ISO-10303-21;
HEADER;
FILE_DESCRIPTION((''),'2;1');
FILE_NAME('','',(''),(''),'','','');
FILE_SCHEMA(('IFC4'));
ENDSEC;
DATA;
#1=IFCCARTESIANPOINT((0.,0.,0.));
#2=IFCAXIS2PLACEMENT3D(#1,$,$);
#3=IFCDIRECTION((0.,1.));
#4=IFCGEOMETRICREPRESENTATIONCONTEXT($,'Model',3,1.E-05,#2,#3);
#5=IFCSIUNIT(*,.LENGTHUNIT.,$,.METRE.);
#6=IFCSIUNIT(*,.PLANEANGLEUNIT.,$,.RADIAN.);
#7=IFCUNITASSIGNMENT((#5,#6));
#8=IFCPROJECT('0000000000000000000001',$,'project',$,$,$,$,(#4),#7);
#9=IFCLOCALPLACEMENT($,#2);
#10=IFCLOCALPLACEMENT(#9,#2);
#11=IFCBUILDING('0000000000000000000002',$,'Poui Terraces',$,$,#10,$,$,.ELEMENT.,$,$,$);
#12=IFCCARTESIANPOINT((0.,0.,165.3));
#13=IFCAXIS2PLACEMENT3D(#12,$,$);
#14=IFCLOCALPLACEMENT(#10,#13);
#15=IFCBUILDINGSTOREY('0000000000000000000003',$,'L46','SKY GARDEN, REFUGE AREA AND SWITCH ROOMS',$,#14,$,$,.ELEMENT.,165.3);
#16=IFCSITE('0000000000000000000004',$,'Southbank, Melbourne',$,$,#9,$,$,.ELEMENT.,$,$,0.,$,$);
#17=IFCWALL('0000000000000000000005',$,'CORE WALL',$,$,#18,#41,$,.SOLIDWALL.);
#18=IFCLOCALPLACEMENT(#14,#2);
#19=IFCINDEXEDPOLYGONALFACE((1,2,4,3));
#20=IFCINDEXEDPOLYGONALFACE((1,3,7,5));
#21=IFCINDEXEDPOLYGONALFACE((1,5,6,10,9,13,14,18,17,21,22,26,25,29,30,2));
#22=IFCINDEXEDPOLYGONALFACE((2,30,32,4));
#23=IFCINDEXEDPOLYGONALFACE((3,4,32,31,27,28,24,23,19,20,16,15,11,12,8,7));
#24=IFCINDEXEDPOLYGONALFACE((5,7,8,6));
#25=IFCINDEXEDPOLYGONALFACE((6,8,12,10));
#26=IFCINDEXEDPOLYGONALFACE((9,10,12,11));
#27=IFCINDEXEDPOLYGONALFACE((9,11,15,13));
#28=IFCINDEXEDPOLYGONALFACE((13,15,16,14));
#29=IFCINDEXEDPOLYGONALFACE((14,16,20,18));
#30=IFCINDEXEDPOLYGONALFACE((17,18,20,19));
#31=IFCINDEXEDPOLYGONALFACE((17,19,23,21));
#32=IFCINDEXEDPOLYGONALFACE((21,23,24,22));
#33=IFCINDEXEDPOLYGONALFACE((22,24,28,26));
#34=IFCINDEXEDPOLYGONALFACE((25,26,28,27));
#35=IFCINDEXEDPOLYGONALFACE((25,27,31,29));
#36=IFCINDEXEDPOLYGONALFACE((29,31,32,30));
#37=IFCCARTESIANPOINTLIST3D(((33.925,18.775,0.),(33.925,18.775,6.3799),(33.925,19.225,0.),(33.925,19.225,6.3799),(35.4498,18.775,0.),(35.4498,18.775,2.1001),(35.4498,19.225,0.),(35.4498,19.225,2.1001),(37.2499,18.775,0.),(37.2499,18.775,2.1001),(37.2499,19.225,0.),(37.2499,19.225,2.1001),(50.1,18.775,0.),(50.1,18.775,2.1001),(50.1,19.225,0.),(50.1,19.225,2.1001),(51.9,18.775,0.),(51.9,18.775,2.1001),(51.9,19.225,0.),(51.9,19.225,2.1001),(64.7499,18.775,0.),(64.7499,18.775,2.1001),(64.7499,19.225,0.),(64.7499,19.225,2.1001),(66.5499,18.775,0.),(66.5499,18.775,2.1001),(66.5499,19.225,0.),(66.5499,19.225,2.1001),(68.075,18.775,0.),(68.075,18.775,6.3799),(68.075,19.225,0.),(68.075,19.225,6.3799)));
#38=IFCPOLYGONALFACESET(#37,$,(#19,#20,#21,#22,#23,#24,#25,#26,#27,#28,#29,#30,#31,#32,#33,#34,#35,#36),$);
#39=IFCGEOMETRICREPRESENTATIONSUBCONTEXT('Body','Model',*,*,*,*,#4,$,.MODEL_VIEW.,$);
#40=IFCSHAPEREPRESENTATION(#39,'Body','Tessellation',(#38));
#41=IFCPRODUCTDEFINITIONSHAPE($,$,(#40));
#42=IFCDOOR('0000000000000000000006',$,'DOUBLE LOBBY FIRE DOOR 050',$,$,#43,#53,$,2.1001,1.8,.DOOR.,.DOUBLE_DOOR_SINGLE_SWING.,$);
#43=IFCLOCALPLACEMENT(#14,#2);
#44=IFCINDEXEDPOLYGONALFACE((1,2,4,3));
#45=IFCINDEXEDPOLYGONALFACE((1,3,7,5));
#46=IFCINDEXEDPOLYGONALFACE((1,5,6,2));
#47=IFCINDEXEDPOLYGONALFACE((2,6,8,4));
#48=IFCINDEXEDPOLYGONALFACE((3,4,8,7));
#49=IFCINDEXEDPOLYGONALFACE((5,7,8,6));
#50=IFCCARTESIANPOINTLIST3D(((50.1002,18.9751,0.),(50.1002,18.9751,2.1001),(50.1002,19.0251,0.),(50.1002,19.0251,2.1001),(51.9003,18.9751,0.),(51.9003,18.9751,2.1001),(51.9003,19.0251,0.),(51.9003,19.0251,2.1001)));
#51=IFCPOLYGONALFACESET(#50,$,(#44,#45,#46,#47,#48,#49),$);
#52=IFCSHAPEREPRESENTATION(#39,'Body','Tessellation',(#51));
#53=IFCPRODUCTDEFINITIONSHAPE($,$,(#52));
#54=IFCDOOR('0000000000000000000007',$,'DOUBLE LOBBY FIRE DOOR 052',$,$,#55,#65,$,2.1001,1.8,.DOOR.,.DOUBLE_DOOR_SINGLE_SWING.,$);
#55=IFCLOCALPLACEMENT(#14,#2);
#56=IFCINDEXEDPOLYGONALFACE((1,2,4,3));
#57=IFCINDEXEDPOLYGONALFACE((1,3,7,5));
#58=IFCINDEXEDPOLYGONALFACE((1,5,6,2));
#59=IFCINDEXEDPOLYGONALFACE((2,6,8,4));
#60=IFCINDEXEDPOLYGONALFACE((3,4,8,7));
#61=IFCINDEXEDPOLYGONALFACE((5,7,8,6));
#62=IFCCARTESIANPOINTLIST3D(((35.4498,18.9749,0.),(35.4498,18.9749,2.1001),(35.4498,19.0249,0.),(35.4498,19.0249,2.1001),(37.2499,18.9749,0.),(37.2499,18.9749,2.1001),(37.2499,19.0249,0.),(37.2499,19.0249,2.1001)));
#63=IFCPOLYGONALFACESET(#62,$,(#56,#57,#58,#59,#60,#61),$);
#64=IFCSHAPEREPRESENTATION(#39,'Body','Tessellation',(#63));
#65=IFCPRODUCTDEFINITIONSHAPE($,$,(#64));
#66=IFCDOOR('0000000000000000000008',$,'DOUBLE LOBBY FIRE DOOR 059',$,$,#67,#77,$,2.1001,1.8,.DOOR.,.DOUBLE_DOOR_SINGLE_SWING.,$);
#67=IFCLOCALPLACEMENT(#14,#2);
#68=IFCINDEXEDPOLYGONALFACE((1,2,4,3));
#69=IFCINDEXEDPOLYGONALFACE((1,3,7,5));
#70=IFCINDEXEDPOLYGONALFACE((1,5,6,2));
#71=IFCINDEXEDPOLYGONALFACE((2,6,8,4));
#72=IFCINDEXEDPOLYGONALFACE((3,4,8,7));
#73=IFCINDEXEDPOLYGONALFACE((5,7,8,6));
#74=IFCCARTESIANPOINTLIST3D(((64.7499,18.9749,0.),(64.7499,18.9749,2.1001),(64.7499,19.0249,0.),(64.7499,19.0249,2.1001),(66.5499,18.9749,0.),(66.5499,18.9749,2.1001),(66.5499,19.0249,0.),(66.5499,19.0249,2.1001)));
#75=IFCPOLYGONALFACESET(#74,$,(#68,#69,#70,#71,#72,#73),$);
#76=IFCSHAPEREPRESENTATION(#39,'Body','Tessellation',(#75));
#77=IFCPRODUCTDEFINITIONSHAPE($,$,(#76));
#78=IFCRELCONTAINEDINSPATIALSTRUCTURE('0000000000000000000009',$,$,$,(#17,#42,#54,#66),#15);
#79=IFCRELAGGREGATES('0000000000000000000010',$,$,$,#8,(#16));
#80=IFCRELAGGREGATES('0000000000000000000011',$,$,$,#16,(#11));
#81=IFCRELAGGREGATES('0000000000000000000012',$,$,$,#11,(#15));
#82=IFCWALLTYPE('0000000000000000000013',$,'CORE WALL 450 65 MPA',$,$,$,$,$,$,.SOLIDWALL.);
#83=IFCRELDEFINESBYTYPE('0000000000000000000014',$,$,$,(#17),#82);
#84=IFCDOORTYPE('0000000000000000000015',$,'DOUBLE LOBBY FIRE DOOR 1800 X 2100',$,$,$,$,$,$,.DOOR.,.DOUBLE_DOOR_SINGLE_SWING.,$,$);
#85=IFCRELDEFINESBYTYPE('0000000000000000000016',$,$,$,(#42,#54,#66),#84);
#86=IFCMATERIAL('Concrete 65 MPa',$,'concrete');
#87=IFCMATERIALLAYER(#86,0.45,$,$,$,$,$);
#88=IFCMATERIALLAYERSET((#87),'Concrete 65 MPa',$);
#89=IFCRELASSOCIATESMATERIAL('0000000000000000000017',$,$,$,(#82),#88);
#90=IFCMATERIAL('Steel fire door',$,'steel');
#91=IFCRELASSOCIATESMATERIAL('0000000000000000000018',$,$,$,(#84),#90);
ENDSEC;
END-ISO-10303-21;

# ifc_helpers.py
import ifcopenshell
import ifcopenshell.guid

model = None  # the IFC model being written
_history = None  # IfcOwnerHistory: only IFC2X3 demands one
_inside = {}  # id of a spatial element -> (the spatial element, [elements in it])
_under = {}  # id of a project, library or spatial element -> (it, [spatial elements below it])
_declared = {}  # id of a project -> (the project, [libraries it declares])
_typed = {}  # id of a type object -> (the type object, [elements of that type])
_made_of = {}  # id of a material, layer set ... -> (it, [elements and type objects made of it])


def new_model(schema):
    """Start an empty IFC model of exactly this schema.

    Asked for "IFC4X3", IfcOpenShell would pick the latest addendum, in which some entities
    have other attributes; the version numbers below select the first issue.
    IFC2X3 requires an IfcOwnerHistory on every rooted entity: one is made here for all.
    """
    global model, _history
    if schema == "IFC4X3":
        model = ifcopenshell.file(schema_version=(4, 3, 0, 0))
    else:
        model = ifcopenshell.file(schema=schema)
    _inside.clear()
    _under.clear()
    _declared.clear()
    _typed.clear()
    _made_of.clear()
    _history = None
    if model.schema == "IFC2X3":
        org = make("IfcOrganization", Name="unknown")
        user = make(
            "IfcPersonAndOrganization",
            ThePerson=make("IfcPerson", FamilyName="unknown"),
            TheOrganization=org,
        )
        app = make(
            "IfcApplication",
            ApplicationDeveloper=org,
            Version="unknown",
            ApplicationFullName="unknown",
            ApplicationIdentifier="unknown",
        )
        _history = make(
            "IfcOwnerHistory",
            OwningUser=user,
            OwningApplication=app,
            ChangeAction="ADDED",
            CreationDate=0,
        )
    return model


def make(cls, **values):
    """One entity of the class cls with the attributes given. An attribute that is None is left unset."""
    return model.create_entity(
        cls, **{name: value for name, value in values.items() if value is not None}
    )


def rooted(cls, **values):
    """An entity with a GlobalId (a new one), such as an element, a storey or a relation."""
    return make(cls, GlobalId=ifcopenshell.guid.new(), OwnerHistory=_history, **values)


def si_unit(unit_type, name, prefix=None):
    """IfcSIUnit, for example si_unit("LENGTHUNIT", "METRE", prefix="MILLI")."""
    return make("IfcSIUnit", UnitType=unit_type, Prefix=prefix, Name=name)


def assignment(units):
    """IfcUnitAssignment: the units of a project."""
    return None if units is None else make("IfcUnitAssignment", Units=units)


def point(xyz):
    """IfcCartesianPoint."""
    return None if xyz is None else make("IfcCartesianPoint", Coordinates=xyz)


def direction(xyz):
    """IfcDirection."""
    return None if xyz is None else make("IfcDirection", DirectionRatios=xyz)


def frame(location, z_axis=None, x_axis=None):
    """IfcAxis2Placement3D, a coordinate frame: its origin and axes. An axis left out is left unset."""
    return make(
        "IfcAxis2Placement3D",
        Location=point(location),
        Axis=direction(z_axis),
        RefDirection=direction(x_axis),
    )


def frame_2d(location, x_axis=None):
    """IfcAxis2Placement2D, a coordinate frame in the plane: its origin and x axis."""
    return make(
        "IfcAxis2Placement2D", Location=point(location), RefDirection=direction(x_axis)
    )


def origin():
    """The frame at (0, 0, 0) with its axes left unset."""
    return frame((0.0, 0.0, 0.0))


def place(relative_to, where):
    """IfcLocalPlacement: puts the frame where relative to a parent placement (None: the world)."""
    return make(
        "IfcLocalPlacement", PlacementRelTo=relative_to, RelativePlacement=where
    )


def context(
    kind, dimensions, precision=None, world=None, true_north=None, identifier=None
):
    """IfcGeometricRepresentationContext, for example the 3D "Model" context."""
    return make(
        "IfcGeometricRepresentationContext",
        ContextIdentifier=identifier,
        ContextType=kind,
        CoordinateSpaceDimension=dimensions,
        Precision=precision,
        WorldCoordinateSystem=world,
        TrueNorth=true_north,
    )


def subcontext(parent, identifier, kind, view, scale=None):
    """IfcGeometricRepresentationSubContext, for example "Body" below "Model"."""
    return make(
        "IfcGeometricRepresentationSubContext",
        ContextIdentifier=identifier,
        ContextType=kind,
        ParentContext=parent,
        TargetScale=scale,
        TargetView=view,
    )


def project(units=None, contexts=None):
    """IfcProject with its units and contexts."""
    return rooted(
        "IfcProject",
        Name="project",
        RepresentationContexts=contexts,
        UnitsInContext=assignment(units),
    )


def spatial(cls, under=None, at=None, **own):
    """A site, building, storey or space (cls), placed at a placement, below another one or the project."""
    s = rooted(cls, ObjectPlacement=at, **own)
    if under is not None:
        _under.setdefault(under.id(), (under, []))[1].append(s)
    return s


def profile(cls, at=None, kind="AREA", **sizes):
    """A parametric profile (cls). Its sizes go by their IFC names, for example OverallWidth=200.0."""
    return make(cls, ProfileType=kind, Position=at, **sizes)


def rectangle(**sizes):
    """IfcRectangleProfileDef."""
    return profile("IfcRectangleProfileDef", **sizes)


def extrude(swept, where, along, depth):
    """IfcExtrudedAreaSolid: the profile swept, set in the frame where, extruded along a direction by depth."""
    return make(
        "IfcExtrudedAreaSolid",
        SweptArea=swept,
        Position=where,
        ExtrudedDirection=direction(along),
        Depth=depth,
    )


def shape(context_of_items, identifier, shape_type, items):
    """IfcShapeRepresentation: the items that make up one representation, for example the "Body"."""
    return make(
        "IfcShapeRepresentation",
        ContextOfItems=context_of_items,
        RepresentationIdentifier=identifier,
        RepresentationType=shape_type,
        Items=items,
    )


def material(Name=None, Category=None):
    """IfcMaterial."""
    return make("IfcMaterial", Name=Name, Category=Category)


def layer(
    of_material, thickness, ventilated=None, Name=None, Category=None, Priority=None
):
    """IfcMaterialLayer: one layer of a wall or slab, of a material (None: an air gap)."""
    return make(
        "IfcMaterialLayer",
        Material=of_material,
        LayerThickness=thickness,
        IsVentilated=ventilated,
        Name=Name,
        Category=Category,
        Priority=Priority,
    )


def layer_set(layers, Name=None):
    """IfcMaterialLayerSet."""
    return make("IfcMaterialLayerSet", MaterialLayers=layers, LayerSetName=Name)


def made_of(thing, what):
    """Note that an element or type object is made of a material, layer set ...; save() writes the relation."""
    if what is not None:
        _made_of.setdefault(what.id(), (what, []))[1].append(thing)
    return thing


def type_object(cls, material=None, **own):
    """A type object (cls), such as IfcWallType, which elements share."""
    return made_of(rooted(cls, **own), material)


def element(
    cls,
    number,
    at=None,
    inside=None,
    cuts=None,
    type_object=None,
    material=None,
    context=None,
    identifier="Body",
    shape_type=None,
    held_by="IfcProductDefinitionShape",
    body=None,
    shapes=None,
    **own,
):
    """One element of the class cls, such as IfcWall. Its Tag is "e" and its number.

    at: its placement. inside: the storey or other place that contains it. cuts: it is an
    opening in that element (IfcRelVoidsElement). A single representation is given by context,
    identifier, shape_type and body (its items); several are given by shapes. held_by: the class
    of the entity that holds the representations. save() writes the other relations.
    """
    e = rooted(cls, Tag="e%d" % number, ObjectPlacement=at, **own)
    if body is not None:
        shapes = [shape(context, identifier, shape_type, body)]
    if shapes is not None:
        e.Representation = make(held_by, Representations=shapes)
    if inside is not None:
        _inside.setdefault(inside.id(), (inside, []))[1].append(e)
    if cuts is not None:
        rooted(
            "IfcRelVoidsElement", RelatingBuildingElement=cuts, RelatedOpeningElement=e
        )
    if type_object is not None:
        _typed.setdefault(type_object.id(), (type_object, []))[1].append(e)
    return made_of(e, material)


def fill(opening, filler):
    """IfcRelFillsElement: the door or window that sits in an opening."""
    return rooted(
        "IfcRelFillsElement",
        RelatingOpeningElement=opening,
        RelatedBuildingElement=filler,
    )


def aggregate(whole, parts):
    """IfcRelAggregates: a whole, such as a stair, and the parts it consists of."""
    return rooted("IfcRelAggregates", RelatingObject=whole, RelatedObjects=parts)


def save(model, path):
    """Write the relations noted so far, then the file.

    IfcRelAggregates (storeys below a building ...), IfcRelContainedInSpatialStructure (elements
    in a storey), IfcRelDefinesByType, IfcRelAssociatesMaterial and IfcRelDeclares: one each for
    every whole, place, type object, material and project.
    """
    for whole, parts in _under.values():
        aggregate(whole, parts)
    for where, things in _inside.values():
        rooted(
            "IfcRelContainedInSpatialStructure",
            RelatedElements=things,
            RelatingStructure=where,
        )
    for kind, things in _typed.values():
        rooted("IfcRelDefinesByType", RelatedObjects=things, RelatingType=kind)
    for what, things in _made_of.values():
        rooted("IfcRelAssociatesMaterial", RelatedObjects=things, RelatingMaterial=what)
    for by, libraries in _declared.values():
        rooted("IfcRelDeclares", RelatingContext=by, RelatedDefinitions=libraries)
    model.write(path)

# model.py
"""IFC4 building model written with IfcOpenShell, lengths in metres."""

from ifc_helpers import new_model, si_unit, direction, frame, frame_2d, origin, place, context, subcontext, project, spatial, rectangle, extrude, material, layer, layer_set, type_object, element, fill, save


model = new_model("IFC4")

# Units and contexts
model_context = context("Model", 3, precision=1e-05, world=origin(), true_north=direction((0.0, 1.0)))
body_context = subcontext(model_context, "Body", "Model", "MODEL_VIEW")
ifc_project = project(units=[si_unit("LENGTHUNIT", "METRE"), si_unit("PLANEANGLEUNIT", "RADIAN")], contexts=[model_context])

# Site, building, storey
site_placement = place(None, origin())
site = spatial("IfcSite", under=ifc_project, at=site_placement, Name="Southbank, Melbourne", CompositionType="ELEMENT", RefElevation=0.0)
building_placement = place(site_placement, origin())
building = spatial("IfcBuilding", under=site, at=building_placement, Name="Poui Terraces", CompositionType="ELEMENT")
storey_placement = place(building_placement, frame((0.0, 0.0, 165.3)))
storey = spatial("IfcBuildingStorey", under=building, at=storey_placement, Name="L46", Description="SKY GARDEN, REFUGE AREA AND SWITCH ROOMS", CompositionType="ELEMENT", Elevation=165.3)

# Wall, openings, doors
ifc_material_1 = material(Name="Concrete 65 MPa", Category="concrete")
ifc_layer_1 = layer(ifc_material_1, 0.45)
ifc_layer_set_1 = layer_set([ifc_layer_1], Name="Concrete 65 MPa")
wall_type_1 = type_object("IfcWallType", Name="CORE WALL 450 65 MPA", PredefinedType="SOLIDWALL", material=ifc_layer_set_1)
wall_1_placement = place(storey_placement, frame((33.925, 19.0, 0.0), z_axis=(0.0, 0.0, 1.0), x_axis=(1.0, 0.0, 0.0)))
wall_1 = element("IfcWall", 1, at=wall_1_placement, inside=storey, type_object=wall_type_1, Name="CORE WALL", PredefinedType="SOLIDWALL", context=body_context, shape_type="SweptSolid", body=[
    extrude(rectangle(XDim=34.1499, YDim=0.45, at=frame_2d((17.075, 0.0))), origin(), (0.0, 0.0, 1.0), 6.3799),
])
opening_1_placement = place(wall_1_placement, frame((16.175, 0.0, 0.0)))
opening_1 = element("IfcOpeningElement", 2, at=opening_1_placement, cuts=wall_1, PredefinedType="OPENING", context=body_context, shape_type="SweptSolid", body=[
    extrude(rectangle(XDim=1.8, YDim=2.1001, at=frame_2d((0.8999, 1.05))), frame((0.0, 0.2349, 0.0), z_axis=(0.0, -1.0, 0.0), x_axis=(1.0, 0.0, 0.0)), (0.0, 0.0, 1.0), 0.47),
])
opening_2_placement = place(wall_1_placement, frame((1.5249, 0.0, 0.0)))
opening_2 = element("IfcOpeningElement", 3, at=opening_2_placement, cuts=wall_1, PredefinedType="OPENING", context=body_context, shape_type="SweptSolid", body=[
    extrude(rectangle(XDim=1.8, YDim=2.1001, at=frame_2d((0.8999, 1.05))), frame((0.0, 0.2349, 0.0), z_axis=(0.0, -1.0, 0.0), x_axis=(1.0, 0.0, 0.0)), (0.0, 0.0, 1.0), 0.47),
])
opening_3_placement = place(wall_1_placement, frame((30.825, 0.0, 0.0)))
opening_3 = element("IfcOpeningElement", 4, at=opening_3_placement, cuts=wall_1, PredefinedType="OPENING", context=body_context, shape_type="SweptSolid", body=[
    extrude(rectangle(XDim=1.8, YDim=2.1001, at=frame_2d((0.8999, 1.05))), frame((0.0, 0.2349, 0.0), z_axis=(0.0, -1.0, 0.0), x_axis=(1.0, 0.0, 0.0)), (0.0, 0.0, 1.0), 0.47),
])
ifc_material_2 = material(Name="Steel fire door", Category="steel")
door_type_1 = type_object("IfcDoorType", Name="DOUBLE LOBBY FIRE DOOR 1800 X 2100", OperationType="DOUBLE_DOOR_SINGLE_SWING", PredefinedType="DOOR", material=ifc_material_2)
door_1_placement = place(opening_1_placement, frame((1.8, 0.0, 0.0), z_axis=(0.0, 0.0, 1.0), x_axis=(-1.0, 0.0, 0.0)))
door_1 = element("IfcDoor", 5, at=door_1_placement, inside=storey, type_object=door_type_1, Name="DOUBLE LOBBY FIRE DOOR 050", OperationType="DOUBLE_DOOR_SINGLE_SWING", OverallHeight=2.1001, OverallWidth=1.8, PredefinedType="DOOR", context=body_context, shape_type="SweptSolid", body=[
    extrude(rectangle(XDim=1.8, YDim=2.1001, at=frame_2d((0.8999, 1.05))), frame((0.0, 0.0249, 0.0), z_axis=(0.0, -1.0, 0.0), x_axis=(1.0, 0.0, 0.0)), (0.0, 0.0, 1.0), 0.05),
])
fill(opening_1, door_1)
door_2_placement = place(opening_2_placement, origin())
door_2 = element("IfcDoor", 6, at=door_2_placement, inside=storey, type_object=door_type_1, Name="DOUBLE LOBBY FIRE DOOR 052", OperationType="DOUBLE_DOOR_SINGLE_SWING", OverallHeight=2.1001, OverallWidth=1.8, PredefinedType="DOOR", context=body_context, shape_type="SweptSolid", body=[
    extrude(rectangle(XDim=1.8, YDim=2.1001, at=frame_2d((0.8999, 1.05))), frame((0.0, 0.0249, 0.0), z_axis=(0.0, -1.0, 0.0), x_axis=(1.0, 0.0, 0.0)), (0.0, 0.0, 1.0), 0.05),
])
fill(opening_2, door_2)
door_3_placement = place(opening_3_placement, origin())
door_3 = element("IfcDoor", 7, at=door_3_placement, inside=storey, type_object=door_type_1, Name="DOUBLE LOBBY FIRE DOOR 059", OperationType="DOUBLE_DOOR_SINGLE_SWING", OverallHeight=2.1001, OverallWidth=1.8, PredefinedType="DOOR", context=body_context, shape_type="SweptSolid", body=[
    extrude(rectangle(XDim=1.8, YDim=2.1001, at=frame_2d((0.8999, 1.05))), frame((0.0, 0.0249, 0.0), z_axis=(0.0, -1.0, 0.0), x_axis=(1.0, 0.0, 0.0)), (0.0, 0.0, 1.0), 0.05),
])
fill(opening_3, door_3)

save(model, "model.ifc")
